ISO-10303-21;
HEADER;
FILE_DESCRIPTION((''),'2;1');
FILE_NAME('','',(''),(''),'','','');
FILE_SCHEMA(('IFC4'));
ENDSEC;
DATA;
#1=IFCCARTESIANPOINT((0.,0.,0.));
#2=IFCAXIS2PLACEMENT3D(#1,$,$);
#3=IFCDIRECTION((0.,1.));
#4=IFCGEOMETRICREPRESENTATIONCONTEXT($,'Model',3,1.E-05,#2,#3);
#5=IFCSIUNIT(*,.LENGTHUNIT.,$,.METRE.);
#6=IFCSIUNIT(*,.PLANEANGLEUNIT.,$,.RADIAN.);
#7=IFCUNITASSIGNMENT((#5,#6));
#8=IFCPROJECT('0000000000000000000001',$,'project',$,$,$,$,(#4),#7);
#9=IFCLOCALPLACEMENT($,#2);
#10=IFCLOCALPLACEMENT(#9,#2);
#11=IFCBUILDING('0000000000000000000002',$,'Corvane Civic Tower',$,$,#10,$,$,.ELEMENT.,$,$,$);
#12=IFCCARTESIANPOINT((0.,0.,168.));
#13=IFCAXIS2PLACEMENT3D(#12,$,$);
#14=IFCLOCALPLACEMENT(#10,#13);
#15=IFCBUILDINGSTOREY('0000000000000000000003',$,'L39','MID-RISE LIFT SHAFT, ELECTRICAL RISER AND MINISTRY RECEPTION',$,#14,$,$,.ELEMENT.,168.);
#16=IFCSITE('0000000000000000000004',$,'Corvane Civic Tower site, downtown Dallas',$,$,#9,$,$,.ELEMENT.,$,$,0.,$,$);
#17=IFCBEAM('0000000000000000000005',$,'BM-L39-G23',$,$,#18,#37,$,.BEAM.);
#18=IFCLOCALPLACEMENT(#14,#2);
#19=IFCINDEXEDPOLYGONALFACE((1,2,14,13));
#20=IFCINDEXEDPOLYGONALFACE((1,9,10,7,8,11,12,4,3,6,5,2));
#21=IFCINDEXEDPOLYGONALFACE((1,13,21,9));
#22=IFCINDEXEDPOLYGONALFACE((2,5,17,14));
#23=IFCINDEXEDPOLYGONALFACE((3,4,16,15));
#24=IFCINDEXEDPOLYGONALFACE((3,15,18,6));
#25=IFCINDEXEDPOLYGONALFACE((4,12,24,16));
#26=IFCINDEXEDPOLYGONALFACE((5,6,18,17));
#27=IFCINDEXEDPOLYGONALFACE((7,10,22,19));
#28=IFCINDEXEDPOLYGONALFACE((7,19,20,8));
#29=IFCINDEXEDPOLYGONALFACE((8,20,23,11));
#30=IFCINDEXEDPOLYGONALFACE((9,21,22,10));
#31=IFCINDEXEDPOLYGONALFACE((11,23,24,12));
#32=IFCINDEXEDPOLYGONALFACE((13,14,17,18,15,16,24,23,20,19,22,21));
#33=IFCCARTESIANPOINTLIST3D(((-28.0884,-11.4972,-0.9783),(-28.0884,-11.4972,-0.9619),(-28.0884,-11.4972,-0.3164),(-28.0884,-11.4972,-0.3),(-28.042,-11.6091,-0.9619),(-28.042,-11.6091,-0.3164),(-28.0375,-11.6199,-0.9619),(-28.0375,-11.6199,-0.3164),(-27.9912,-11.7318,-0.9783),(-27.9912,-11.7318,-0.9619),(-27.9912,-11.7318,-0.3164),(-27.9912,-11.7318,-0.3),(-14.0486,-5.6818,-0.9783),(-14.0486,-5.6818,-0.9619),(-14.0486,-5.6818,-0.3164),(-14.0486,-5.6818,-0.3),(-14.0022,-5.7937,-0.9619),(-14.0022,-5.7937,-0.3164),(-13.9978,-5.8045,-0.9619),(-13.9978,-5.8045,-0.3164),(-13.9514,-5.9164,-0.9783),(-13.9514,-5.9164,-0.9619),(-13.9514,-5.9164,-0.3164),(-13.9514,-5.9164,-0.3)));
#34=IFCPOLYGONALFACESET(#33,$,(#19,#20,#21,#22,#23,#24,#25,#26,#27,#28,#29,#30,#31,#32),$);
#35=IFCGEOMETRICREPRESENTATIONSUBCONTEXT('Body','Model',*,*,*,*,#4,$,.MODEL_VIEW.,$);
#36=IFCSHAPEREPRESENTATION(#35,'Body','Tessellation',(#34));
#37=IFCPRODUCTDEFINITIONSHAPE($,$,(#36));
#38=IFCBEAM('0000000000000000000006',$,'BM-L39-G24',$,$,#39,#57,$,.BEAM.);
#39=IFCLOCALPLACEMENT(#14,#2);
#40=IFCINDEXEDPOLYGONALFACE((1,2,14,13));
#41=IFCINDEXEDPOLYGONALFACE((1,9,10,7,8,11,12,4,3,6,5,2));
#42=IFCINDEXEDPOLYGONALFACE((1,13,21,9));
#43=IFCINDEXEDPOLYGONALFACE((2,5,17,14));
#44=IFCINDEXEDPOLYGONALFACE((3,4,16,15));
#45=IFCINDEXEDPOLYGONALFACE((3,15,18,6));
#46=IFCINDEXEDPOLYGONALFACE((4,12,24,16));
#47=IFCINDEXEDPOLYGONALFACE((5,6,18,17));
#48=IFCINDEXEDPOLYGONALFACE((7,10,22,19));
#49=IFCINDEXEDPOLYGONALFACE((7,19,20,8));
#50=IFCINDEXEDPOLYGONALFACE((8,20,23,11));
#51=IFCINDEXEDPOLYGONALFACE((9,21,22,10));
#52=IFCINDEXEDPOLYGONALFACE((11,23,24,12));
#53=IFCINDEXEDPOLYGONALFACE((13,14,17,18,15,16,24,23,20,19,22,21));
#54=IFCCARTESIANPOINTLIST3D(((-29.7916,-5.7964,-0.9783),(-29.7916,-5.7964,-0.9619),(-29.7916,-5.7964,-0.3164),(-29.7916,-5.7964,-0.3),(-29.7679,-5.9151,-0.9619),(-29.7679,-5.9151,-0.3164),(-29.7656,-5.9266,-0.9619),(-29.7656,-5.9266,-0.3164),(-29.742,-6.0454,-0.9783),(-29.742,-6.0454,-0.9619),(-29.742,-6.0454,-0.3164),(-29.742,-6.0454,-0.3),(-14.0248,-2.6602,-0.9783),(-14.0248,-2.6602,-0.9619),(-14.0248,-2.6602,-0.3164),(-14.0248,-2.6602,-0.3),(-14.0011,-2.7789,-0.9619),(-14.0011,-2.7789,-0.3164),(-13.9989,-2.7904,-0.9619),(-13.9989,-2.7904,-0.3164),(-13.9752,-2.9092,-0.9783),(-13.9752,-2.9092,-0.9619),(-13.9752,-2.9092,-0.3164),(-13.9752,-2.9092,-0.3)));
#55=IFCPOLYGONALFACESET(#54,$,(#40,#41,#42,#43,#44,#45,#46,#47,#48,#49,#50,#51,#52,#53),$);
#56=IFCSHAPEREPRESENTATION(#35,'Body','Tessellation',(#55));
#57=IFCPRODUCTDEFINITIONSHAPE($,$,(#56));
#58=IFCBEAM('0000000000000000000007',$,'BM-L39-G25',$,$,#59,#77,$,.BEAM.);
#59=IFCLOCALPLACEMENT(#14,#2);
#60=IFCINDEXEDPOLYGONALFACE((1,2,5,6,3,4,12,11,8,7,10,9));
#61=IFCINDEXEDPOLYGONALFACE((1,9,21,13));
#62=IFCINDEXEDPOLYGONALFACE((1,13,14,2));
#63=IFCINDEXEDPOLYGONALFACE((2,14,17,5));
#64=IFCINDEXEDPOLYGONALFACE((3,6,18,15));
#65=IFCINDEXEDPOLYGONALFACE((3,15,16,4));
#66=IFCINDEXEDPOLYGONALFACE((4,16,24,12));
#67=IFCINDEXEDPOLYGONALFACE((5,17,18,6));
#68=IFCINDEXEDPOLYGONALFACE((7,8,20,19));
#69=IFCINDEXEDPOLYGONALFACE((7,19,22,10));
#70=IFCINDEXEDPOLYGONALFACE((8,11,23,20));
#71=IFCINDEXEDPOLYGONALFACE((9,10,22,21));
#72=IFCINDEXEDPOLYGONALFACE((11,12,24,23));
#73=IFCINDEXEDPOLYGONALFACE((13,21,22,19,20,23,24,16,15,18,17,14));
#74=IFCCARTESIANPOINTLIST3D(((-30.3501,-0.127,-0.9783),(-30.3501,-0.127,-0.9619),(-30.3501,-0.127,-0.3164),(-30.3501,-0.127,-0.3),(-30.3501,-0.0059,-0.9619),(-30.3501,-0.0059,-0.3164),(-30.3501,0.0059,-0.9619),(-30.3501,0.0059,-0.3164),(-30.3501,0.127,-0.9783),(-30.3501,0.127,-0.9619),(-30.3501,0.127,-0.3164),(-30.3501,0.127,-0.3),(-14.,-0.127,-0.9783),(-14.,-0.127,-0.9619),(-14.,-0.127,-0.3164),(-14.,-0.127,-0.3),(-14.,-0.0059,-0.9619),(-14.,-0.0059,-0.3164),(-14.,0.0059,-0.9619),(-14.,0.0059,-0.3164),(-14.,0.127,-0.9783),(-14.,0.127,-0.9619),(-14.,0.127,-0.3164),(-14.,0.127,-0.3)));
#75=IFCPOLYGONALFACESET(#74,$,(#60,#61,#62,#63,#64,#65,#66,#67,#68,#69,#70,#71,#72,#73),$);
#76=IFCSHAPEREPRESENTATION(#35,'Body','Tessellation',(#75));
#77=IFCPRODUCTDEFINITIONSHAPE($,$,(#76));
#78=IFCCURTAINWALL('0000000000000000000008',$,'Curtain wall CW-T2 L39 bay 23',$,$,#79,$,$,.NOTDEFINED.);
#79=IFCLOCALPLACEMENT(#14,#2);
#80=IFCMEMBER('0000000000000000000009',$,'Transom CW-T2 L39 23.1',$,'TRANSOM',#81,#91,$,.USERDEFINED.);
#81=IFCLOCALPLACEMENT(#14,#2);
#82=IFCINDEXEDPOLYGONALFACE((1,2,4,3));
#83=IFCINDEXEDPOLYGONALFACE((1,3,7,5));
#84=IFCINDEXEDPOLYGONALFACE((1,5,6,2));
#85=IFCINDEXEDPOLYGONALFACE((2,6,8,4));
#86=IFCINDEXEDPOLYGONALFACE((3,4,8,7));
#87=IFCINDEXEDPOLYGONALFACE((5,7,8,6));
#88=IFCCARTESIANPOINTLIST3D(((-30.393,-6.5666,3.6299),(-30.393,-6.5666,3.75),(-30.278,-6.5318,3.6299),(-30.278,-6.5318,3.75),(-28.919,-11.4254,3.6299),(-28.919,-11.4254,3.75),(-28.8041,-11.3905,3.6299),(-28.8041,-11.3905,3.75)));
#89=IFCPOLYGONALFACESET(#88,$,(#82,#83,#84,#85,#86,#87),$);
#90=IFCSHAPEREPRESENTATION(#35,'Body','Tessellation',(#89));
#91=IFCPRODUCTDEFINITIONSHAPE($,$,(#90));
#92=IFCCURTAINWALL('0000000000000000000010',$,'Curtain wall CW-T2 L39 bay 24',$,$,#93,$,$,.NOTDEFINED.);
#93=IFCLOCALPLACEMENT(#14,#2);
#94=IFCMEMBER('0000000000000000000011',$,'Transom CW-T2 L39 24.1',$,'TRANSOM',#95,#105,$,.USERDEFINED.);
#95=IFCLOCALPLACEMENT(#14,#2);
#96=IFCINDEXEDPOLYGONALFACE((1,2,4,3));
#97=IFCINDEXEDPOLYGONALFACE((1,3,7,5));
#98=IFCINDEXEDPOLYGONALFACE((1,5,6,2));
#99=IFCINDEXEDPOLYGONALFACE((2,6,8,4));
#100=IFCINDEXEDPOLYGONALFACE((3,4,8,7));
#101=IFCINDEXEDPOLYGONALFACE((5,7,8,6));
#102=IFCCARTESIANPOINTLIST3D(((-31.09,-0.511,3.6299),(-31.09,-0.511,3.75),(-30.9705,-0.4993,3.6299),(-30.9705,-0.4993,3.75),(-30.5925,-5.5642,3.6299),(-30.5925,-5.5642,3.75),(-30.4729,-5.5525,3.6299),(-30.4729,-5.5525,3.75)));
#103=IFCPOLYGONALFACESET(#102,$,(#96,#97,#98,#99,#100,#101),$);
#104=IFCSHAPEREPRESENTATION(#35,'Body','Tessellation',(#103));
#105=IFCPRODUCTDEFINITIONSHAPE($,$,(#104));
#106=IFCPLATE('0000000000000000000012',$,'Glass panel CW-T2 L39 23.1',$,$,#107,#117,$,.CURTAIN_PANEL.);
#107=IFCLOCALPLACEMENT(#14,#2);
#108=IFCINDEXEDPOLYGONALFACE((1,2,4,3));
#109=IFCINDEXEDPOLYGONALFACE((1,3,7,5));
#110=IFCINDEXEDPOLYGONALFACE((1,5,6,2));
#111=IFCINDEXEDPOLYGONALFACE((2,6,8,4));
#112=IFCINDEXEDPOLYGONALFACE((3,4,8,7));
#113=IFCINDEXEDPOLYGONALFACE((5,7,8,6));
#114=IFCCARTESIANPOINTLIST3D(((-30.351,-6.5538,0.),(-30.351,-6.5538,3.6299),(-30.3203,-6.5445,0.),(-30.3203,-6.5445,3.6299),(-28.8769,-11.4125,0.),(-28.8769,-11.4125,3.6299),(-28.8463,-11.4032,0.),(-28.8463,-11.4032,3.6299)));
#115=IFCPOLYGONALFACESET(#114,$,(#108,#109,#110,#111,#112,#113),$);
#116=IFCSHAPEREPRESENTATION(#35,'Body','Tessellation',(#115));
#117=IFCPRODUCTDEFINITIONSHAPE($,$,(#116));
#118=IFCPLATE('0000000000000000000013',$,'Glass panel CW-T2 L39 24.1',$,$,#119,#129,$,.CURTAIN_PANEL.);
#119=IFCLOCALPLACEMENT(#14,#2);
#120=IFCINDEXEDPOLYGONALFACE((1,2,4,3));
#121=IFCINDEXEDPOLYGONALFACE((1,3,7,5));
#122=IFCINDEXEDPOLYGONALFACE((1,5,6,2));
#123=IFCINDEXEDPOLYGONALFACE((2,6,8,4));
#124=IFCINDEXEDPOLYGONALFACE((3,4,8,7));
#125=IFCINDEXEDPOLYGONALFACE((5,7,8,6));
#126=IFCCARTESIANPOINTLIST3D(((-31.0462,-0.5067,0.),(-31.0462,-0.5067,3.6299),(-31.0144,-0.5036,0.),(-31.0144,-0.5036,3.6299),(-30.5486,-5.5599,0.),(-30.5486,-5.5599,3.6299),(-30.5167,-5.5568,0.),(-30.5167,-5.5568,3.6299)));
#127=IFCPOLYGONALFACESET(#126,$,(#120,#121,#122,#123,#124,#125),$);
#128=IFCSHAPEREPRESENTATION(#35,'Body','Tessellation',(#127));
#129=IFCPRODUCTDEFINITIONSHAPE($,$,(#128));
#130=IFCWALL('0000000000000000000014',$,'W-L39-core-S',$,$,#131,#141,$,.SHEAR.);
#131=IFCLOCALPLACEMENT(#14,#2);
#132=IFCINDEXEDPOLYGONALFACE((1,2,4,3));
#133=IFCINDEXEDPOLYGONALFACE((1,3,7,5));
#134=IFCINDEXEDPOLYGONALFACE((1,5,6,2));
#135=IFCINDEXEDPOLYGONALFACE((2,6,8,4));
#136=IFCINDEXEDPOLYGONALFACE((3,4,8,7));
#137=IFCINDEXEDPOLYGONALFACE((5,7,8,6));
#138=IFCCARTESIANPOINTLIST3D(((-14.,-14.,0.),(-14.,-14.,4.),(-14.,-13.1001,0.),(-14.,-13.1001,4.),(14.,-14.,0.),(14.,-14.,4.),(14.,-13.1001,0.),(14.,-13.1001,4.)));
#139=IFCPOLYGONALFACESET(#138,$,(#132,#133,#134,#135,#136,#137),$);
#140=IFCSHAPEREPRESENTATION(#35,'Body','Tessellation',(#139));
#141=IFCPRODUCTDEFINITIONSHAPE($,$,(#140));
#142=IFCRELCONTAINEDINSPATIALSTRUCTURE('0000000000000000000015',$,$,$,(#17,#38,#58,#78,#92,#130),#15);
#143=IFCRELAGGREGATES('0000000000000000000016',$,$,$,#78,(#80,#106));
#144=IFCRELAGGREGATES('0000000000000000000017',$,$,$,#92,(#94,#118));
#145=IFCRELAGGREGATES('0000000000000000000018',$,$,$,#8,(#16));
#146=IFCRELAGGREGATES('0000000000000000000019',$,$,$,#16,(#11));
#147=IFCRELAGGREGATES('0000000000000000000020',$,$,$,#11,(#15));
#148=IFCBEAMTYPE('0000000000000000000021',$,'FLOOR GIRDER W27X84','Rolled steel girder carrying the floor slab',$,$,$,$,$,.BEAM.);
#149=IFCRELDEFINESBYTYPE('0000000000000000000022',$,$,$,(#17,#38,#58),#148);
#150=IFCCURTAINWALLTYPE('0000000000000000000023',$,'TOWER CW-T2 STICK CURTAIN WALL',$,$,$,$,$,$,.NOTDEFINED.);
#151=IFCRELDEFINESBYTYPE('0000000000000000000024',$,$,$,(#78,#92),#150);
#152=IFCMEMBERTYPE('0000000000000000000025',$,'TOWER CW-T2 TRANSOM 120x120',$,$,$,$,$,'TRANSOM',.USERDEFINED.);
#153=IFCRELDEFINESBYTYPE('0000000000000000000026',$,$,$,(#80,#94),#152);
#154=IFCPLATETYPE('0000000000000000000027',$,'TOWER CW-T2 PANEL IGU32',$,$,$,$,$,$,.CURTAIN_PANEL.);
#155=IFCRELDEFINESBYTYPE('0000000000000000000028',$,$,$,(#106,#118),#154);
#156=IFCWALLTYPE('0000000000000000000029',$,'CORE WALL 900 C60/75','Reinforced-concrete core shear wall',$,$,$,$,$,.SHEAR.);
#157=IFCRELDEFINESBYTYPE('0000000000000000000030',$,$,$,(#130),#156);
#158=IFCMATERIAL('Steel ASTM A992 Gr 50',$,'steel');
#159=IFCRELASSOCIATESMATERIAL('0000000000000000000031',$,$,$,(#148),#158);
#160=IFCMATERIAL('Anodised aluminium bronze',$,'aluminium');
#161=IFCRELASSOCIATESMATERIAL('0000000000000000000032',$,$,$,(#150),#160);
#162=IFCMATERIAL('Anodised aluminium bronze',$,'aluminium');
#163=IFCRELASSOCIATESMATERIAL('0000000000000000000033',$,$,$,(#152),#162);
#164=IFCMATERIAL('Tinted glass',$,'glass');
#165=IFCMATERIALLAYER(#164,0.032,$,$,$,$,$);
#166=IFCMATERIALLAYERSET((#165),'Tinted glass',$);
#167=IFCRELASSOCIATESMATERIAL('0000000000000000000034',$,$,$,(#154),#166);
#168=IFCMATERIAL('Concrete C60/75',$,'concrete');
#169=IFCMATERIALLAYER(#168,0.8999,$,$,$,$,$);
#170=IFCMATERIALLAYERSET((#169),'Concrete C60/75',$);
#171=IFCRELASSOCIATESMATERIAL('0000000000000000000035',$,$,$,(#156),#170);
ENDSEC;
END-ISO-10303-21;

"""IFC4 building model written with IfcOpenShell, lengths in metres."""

from ifc_helpers import new_model, si_unit, direction, frame, frame_2d, origin, origin_2d, place, context, subcontext, project, spatial, rectangle, i_section, extrude, material, layer, layer_set, material_profile, profile_set, type_object, element, aggregate, save


model = new_model("IFC4")

# Units and contexts
model_context = context("Model", 3, precision=1e-05, world=origin(), true_north=direction((0.0, 1.0)))
body_context = subcontext(model_context, "Body", "Model", "MODEL_VIEW")
ifc_project = project(units=[si_unit("LENGTHUNIT", "METRE"), si_unit("PLANEANGLEUNIT", "RADIAN")], contexts=[model_context])

# Site, building, storey
site_placement = place(None, origin())
site = spatial("IfcSite", under=ifc_project, at=site_placement, Name="Corvane Civic Tower site, downtown Dallas", CompositionType="ELEMENT", RefElevation=0.0)
building_placement = place(site_placement, origin())
building = spatial("IfcBuilding", under=site, at=building_placement, Name="Corvane Civic Tower", CompositionType="ELEMENT")
storey_placement = place(building_placement, frame((0.0, 0.0, 168.0)))
storey = spatial("IfcBuildingStorey", under=building, at=storey_placement, Name="L39", Description="MID-RISE LIFT SHAFT, ELECTRICAL RISER AND MINISTRY RECEPTION", CompositionType="ELEMENT", Elevation=168.0)

# Beams
ifc_material_1 = material(Name="Steel ASTM A992 Gr 50", Category="steel")
ifc_material_profile_1 = material_profile(ifc_material_1, i_section(OverallWidth=0.2539, OverallDepth=0.6782, WebThickness=0.0117, FlangeThickness=0.0164, at=origin_2d()), Name="W27X84")
ifc_profile_set_1 = profile_set([ifc_material_profile_1], Name="Steel ASTM A992 Gr 50")
beam_type_1 = type_object("IfcBeamType", Name="FLOOR GIRDER W27X84", Description="Rolled steel girder carrying the floor slab", PredefinedType="BEAM", material=ifc_profile_set_1)
beam_1_placement = place(storey_placement, frame((-14.0, -5.7991, -0.6392), z_axis=(-0.923881, -0.382681, 0.0), x_axis=(0.382681, -0.923881, 0.0)))
element("IfcBeam", 1, at=beam_1_placement, inside=storey, type_object=beam_type_1, Name="BM-L39-G23", PredefinedType="BEAM", context=body_context, shape_type="SweptSolid", body=[
    extrude(i_section(OverallWidth=0.2539, OverallDepth=0.6782, WebThickness=0.0117, FlangeThickness=0.0164, at=origin_2d()), origin(), (0.0, 0.0, 1.0), 15.1965),
])
beam_2_placement = place(storey_placement, frame((-14.0, -2.7847, -0.6392), z_axis=(-0.980785, -0.195091, 0.0), x_axis=(0.195091, -0.980785, 0.0)))
element("IfcBeam", 2, at=beam_2_placement, inside=storey, type_object=beam_type_1, Name="BM-L39-G24", PredefinedType="BEAM", context=body_context, shape_type="SweptSolid", body=[
    extrude(i_section(OverallWidth=0.2539, OverallDepth=0.6782, WebThickness=0.0117, FlangeThickness=0.0164, at=origin_2d()), origin(), (0.0, 0.0, 1.0), 16.0757),
])
beam_3_placement = place(storey_placement, frame((-14.0, 0.0, -0.6392), z_axis=(-1.0, 0.0, 0.0), x_axis=(0.0, -1.0, 0.0)))
element("IfcBeam", 3, at=beam_3_placement, inside=storey, type_object=beam_type_1, Name="BM-L39-G25", PredefinedType="BEAM", context=body_context, shape_type="SweptSolid", body=[
    extrude(i_section(OverallWidth=0.2539, OverallDepth=0.6782, WebThickness=0.0117, FlangeThickness=0.0164, at=origin_2d()), origin(), (0.0, 0.0, 1.0), 16.3501),
])

# Curtain walls, members
ifc_material_2 = material(Name="Anodised aluminium bronze", Category="aluminium")
curtain_wall_type = type_object("IfcCurtainWallType", Name="TOWER CW-T2 STICK CURTAIN WALL", PredefinedType="NOTDEFINED", material=ifc_material_2)
curtain_wall_1_placement = place(storey_placement, origin())
curtain_wall_1 = element("IfcCurtainWall", 4, at=curtain_wall_1_placement, inside=storey, type_object=curtain_wall_type, Name="Curtain wall CW-T2 L39 bay 23", PredefinedType="NOTDEFINED")
ifc_material_3 = material(Name="Anodised aluminium bronze", Category="aluminium")
ifc_material_profile_2 = material_profile(ifc_material_3, rectangle(XDim=0.1201, YDim=0.1201, at=origin_2d()), Name="TOWER CW-T2 TRANSOM 120x120")
ifc_profile_set_2 = profile_set([ifc_material_profile_2], Name="Anodised aluminium bronze")
member_type = type_object("IfcMemberType", Name="TOWER CW-T2 TRANSOM 120x120", ElementType="TRANSOM", PredefinedType="USERDEFINED", material=ifc_profile_set_2)
member_1_placement = place(storey_placement, frame((-28.8616, -11.408, 3.6899), z_axis=(-0.290289, 0.956939, 0.0), x_axis=(-0.956939, -0.290289, 0.0)))
member_1 = element("IfcMember", 5, at=member_1_placement, type_object=member_type, Name="Transom CW-T2 L39 23.1", ObjectType="TRANSOM", PredefinedType="USERDEFINED", context=body_context, shape_type="SweptSolid", body=[
    extrude(rectangle(XDim=0.1201, YDim=0.1201, at=origin_2d()), origin(), (0.0, 0.0, 1.0), 5.0774),
])
curtain_wall_2_placement = place(storey_placement, origin())
curtain_wall_2 = element("IfcCurtainWall", 6, at=curtain_wall_2_placement, inside=storey, type_object=curtain_wall_type, Name="Curtain wall CW-T2 L39 bay 24", PredefinedType="NOTDEFINED")
member_2_placement = place(storey_placement, frame((-30.5327, -5.5583, 3.6899), z_axis=(-0.09799, 0.995187, 0.0), x_axis=(-0.995187, -0.09799, 0.0)))
member_2 = element("IfcMember", 7, at=member_2_placement, type_object=member_type, Name="Transom CW-T2 L39 24.1", ObjectType="TRANSOM", PredefinedType="USERDEFINED", context=body_context, shape_type="SweptSolid", body=[
    extrude(rectangle(XDim=0.1201, YDim=0.1201, at=origin_2d()), origin(), (0.0, 0.0, 1.0), 5.0776),
])

# Plates
ifc_material_4 = material(Name="Tinted glass", Category="glass")
ifc_layer_1 = layer(ifc_material_4, 0.032)
ifc_layer_set_1 = layer_set([ifc_layer_1], Name="Tinted glass")
plate_type = type_object("IfcPlateType", Name="TOWER CW-T2 PANEL IGU32", PredefinedType="CURTAIN_PANEL", material=ifc_layer_set_1)
plate_1_placement = place(storey_placement, frame((-29.5986, -8.9785, 0.0), z_axis=(0.0, 0.0, 1.0), x_axis=(-0.290313, 0.956932, 0.0)))
plate_1 = element("IfcPlate", 8, at=plate_1_placement, type_object=plate_type, Name="Glass panel CW-T2 L39 23.1", PredefinedType="CURTAIN_PANEL", context=body_context, shape_type="SweptSolid", body=[
    extrude(rectangle(XDim=5.0774, YDim=0.032, at=origin_2d()), origin(), (0.0, 0.0, 1.0), 3.6299),
])
aggregate(curtain_wall_1, [member_1, plate_1])
plate_2_placement = place(storey_placement, frame((-30.7815, -3.0317, 0.0), z_axis=(0.0, 0.0, 1.0), x_axis=(-0.098012, 0.995185, 0.0)))
plate_2 = element("IfcPlate", 9, at=plate_2_placement, type_object=plate_type, Name="Glass panel CW-T2 L39 24.1", PredefinedType="CURTAIN_PANEL", context=body_context, shape_type="SweptSolid", body=[
    extrude(rectangle(XDim=5.0776, YDim=0.032, at=origin_2d()), origin(), (0.0, 0.0, 1.0), 3.6299),
])
aggregate(curtain_wall_2, [member_2, plate_2])

# Wall
ifc_material_5 = material(Name="Concrete C60/75", Category="concrete")
ifc_layer_2 = layer(ifc_material_5, 0.8999)
ifc_layer_set_2 = layer_set([ifc_layer_2], Name="Concrete C60/75")
wall_type_1 = type_object("IfcWallType", Name="CORE WALL 900 C60/75", Description="Reinforced-concrete core shear wall", PredefinedType="SHEAR", material=ifc_layer_set_2)
wall_1_placement = place(storey_placement, frame((-14.0, -13.55, 0.0), z_axis=(0.0, 0.0, 1.0), x_axis=(1.0, 0.0, 0.0)))
element("IfcWall", 10, at=wall_1_placement, inside=storey, type_object=wall_type_1, Name="W-L39-core-S", PredefinedType="SHEAR", context=body_context, shape_type="SweptSolid", body=[
    extrude(rectangle(XDim=28.0, YDim=0.8999, at=frame_2d((14.0, 0.0))), origin(), (0.0, 0.0, 1.0), 4.0),
])

save(model, "model.ifc")
